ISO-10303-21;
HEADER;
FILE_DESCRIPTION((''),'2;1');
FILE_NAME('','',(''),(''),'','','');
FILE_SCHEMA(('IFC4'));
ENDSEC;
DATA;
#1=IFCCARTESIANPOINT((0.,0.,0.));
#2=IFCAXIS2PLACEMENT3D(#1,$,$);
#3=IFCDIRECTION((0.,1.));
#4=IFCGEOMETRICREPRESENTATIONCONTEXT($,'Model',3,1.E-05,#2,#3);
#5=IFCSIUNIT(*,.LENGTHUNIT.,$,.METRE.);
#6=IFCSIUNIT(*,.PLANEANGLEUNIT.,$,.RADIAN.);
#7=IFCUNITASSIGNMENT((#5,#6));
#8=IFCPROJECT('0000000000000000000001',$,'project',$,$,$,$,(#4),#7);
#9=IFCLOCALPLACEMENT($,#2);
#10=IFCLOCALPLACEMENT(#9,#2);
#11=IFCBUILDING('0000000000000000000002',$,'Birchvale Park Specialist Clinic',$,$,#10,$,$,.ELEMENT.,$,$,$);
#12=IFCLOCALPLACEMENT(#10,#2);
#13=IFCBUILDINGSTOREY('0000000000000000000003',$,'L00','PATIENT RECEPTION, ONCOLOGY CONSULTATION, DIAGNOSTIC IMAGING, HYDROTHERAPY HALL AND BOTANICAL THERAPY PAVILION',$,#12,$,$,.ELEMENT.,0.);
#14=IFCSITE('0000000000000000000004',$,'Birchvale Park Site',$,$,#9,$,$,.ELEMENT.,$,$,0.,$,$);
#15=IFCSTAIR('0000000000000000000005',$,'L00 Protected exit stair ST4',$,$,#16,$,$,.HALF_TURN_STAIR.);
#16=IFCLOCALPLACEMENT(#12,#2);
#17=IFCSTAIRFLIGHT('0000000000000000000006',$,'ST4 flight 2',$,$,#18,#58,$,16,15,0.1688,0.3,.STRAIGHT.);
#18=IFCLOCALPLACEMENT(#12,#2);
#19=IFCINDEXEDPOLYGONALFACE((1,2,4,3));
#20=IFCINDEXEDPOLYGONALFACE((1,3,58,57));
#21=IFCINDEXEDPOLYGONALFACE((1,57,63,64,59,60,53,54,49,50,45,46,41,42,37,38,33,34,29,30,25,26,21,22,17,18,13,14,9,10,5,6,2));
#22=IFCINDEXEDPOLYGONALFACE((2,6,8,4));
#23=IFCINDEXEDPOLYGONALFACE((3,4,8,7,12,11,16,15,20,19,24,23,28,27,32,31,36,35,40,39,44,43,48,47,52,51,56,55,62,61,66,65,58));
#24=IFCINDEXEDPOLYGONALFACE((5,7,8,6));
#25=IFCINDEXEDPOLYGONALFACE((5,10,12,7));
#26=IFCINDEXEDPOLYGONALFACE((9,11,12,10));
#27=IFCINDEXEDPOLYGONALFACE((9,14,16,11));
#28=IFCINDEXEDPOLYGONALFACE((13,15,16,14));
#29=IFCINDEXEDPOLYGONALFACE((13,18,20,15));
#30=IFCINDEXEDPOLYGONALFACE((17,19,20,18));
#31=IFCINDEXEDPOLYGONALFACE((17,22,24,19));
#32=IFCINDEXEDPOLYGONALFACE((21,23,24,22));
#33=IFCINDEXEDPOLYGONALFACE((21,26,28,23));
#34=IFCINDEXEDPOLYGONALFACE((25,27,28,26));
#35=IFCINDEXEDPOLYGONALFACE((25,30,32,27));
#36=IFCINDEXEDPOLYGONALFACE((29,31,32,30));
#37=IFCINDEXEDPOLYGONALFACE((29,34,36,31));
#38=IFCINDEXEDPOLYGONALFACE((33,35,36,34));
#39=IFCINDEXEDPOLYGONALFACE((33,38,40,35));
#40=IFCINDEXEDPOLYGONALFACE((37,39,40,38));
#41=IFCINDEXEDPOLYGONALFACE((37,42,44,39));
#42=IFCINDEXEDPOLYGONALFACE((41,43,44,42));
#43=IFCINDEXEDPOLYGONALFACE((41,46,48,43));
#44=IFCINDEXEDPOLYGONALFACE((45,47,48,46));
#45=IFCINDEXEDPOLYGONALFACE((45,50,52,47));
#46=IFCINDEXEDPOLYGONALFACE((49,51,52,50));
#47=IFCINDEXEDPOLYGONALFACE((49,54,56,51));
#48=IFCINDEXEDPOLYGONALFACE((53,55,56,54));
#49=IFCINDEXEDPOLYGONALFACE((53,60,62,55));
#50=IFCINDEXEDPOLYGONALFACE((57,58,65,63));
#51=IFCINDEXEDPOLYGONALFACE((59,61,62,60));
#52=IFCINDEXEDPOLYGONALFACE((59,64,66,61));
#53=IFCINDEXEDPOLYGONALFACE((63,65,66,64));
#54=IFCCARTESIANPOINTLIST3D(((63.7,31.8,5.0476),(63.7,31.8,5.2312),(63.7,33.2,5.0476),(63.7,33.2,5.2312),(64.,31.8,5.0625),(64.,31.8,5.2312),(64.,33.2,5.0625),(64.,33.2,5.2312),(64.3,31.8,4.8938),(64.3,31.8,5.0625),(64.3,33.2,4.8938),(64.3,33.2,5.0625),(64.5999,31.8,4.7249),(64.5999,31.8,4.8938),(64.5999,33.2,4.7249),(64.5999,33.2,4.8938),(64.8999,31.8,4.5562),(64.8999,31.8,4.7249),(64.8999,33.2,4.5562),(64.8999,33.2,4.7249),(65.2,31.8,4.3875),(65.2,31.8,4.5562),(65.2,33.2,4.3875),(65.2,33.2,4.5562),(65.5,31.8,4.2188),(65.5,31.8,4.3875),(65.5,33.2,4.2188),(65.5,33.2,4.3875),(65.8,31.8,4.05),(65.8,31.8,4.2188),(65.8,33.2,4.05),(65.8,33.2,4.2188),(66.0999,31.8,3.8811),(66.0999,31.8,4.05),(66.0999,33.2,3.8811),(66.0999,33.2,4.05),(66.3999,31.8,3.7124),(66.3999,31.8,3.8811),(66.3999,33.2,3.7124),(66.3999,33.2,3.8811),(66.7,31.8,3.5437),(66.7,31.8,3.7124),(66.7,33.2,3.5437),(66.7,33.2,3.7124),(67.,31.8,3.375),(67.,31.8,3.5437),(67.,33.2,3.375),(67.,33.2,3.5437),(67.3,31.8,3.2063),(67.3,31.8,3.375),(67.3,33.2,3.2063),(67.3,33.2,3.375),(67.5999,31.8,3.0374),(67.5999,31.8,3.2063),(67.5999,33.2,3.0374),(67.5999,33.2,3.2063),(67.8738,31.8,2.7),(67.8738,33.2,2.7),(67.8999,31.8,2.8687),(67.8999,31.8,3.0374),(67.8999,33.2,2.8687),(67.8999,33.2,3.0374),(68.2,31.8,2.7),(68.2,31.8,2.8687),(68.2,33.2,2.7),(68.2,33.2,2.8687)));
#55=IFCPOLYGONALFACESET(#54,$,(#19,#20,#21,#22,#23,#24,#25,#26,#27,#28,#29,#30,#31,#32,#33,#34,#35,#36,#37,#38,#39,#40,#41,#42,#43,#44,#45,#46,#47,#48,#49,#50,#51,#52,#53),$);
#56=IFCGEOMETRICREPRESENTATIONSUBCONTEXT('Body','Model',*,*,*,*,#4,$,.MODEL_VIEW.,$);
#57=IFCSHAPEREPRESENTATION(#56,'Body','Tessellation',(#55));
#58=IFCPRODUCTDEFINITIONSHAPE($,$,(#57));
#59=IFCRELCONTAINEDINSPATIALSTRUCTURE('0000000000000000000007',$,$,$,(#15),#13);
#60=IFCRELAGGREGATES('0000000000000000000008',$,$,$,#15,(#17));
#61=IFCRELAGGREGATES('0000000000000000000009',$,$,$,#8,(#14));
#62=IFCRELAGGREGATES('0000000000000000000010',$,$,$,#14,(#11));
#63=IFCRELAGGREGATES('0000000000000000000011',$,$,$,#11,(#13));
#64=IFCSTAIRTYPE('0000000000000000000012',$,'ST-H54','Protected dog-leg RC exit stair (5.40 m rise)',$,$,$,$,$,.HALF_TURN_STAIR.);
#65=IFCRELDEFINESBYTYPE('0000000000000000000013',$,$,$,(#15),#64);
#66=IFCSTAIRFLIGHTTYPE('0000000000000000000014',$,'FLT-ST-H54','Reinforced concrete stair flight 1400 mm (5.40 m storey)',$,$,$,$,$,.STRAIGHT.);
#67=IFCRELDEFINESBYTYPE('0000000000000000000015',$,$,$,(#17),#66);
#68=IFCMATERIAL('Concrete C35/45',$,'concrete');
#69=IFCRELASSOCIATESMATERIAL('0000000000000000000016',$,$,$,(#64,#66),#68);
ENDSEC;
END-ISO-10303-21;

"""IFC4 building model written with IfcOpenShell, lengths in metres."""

from ifc_helpers import new_model, si_unit, direction, frame, origin, place, context, subcontext, project, spatial, polyline, outline, extrude, material, type_object, element, aggregate, save


model = new_model("IFC4")

# Units and contexts
model_context = context("Model", 3, precision=1e-05, world=origin(), true_north=direction((0.0, 1.0)))
body_context = subcontext(model_context, "Body", "Model", "MODEL_VIEW")
ifc_project = project(units=[si_unit("LENGTHUNIT", "METRE"), si_unit("PLANEANGLEUNIT", "RADIAN")], contexts=[model_context])

# Site, building, storey
site_placement = place(None, origin())
site = spatial("IfcSite", under=ifc_project, at=site_placement, Name="Birchvale Park Site", CompositionType="ELEMENT", RefElevation=0.0)
building_placement = place(site_placement, origin())
building = spatial("IfcBuilding", under=site, at=building_placement, Name="Birchvale Park Specialist Clinic", CompositionType="ELEMENT")
storey_placement = place(building_placement, origin())
storey = spatial("IfcBuildingStorey", under=building, at=storey_placement, Name="L00", Description="PATIENT RECEPTION, ONCOLOGY CONSULTATION, DIAGNOSTIC IMAGING, HYDROTHERAPY HALL AND BOTANICAL THERAPY PAVILION", CompositionType="ELEMENT", Elevation=0.0)

# Stair, stair flight
ifc_material_1 = material(Name="Concrete C35/45", Category="concrete")
stair_type = type_object("IfcStairType", Name="ST-H54", Description="Protected dog-leg RC exit stair (5.40 m rise)", PredefinedType="HALF_TURN_STAIR", material=ifc_material_1)
stair_flight_type = type_object("IfcStairFlightType", Name="FLT-ST-H54", Description="Reinforced concrete stair flight 1400 mm (5.40 m storey)", PredefinedType="STRAIGHT", material=ifc_material_1)
stair_1_placement = place(storey_placement, origin())
stair_1 = element("IfcStair", 1, at=stair_1_placement, inside=storey, type_object=stair_type, Name="L00 Protected exit stair ST4", PredefinedType="HALF_TURN_STAIR")
stair_flight_1_placement = place(storey_placement, frame((68.2, 32.5, 2.7), z_axis=(0.0, 0.0, 1.0), x_axis=(-1.0, 0.0, 0.0)))
stair_flight_1 = element("IfcStairFlight", 2, at=stair_flight_1_placement, type_object=stair_flight_type, Name="ST4 flight 2", NumberOfRisers=16, NumberOfTreads=15, PredefinedType="STRAIGHT", RiserHeight=0.1688, TreadLength=0.3, context=body_context, shape_type="SweptSolid", body=[
    extrude(outline(polyline([(0.0, 0.0), (0.0, 0.1687), (0.3, 0.1687), (0.3, 0.3374), (0.6001, 0.3374), (0.6001, 0.5063), (0.8999, 0.5063), (0.8999, 0.675), (1.2, 0.675), (1.2, 0.8438), (1.5, 0.8438), (1.5, 1.0125), (1.8, 1.0125), (1.8, 1.1812), (2.1001, 1.1812), (2.1001, 1.3501), (2.3999, 1.3501), (2.3999, 1.5188), (2.7, 1.5188), (2.7, 1.6875), (3.0, 1.6875), (3.0, 1.8562), (3.3, 1.8562), (3.3, 2.0249), (3.6001, 2.0249), (3.6001, 2.1938), (3.8999, 2.1938), (3.8999, 2.3625), (4.2, 2.3625), (4.2, 2.5312), (4.5, 2.5312), (4.5, 2.7), (4.5, 2.3477), (0.3262, 0.0), (0.0, 0.0)])), frame((0.0, 0.7, 0.0), z_axis=(0.0, -1.0, 0.0), x_axis=(1.0, 0.0, 0.0)), (0.0, 0.0, 1.0), 1.3999),
])
aggregate(stair_1, [stair_flight_1])

save(model, "model.ifc")
